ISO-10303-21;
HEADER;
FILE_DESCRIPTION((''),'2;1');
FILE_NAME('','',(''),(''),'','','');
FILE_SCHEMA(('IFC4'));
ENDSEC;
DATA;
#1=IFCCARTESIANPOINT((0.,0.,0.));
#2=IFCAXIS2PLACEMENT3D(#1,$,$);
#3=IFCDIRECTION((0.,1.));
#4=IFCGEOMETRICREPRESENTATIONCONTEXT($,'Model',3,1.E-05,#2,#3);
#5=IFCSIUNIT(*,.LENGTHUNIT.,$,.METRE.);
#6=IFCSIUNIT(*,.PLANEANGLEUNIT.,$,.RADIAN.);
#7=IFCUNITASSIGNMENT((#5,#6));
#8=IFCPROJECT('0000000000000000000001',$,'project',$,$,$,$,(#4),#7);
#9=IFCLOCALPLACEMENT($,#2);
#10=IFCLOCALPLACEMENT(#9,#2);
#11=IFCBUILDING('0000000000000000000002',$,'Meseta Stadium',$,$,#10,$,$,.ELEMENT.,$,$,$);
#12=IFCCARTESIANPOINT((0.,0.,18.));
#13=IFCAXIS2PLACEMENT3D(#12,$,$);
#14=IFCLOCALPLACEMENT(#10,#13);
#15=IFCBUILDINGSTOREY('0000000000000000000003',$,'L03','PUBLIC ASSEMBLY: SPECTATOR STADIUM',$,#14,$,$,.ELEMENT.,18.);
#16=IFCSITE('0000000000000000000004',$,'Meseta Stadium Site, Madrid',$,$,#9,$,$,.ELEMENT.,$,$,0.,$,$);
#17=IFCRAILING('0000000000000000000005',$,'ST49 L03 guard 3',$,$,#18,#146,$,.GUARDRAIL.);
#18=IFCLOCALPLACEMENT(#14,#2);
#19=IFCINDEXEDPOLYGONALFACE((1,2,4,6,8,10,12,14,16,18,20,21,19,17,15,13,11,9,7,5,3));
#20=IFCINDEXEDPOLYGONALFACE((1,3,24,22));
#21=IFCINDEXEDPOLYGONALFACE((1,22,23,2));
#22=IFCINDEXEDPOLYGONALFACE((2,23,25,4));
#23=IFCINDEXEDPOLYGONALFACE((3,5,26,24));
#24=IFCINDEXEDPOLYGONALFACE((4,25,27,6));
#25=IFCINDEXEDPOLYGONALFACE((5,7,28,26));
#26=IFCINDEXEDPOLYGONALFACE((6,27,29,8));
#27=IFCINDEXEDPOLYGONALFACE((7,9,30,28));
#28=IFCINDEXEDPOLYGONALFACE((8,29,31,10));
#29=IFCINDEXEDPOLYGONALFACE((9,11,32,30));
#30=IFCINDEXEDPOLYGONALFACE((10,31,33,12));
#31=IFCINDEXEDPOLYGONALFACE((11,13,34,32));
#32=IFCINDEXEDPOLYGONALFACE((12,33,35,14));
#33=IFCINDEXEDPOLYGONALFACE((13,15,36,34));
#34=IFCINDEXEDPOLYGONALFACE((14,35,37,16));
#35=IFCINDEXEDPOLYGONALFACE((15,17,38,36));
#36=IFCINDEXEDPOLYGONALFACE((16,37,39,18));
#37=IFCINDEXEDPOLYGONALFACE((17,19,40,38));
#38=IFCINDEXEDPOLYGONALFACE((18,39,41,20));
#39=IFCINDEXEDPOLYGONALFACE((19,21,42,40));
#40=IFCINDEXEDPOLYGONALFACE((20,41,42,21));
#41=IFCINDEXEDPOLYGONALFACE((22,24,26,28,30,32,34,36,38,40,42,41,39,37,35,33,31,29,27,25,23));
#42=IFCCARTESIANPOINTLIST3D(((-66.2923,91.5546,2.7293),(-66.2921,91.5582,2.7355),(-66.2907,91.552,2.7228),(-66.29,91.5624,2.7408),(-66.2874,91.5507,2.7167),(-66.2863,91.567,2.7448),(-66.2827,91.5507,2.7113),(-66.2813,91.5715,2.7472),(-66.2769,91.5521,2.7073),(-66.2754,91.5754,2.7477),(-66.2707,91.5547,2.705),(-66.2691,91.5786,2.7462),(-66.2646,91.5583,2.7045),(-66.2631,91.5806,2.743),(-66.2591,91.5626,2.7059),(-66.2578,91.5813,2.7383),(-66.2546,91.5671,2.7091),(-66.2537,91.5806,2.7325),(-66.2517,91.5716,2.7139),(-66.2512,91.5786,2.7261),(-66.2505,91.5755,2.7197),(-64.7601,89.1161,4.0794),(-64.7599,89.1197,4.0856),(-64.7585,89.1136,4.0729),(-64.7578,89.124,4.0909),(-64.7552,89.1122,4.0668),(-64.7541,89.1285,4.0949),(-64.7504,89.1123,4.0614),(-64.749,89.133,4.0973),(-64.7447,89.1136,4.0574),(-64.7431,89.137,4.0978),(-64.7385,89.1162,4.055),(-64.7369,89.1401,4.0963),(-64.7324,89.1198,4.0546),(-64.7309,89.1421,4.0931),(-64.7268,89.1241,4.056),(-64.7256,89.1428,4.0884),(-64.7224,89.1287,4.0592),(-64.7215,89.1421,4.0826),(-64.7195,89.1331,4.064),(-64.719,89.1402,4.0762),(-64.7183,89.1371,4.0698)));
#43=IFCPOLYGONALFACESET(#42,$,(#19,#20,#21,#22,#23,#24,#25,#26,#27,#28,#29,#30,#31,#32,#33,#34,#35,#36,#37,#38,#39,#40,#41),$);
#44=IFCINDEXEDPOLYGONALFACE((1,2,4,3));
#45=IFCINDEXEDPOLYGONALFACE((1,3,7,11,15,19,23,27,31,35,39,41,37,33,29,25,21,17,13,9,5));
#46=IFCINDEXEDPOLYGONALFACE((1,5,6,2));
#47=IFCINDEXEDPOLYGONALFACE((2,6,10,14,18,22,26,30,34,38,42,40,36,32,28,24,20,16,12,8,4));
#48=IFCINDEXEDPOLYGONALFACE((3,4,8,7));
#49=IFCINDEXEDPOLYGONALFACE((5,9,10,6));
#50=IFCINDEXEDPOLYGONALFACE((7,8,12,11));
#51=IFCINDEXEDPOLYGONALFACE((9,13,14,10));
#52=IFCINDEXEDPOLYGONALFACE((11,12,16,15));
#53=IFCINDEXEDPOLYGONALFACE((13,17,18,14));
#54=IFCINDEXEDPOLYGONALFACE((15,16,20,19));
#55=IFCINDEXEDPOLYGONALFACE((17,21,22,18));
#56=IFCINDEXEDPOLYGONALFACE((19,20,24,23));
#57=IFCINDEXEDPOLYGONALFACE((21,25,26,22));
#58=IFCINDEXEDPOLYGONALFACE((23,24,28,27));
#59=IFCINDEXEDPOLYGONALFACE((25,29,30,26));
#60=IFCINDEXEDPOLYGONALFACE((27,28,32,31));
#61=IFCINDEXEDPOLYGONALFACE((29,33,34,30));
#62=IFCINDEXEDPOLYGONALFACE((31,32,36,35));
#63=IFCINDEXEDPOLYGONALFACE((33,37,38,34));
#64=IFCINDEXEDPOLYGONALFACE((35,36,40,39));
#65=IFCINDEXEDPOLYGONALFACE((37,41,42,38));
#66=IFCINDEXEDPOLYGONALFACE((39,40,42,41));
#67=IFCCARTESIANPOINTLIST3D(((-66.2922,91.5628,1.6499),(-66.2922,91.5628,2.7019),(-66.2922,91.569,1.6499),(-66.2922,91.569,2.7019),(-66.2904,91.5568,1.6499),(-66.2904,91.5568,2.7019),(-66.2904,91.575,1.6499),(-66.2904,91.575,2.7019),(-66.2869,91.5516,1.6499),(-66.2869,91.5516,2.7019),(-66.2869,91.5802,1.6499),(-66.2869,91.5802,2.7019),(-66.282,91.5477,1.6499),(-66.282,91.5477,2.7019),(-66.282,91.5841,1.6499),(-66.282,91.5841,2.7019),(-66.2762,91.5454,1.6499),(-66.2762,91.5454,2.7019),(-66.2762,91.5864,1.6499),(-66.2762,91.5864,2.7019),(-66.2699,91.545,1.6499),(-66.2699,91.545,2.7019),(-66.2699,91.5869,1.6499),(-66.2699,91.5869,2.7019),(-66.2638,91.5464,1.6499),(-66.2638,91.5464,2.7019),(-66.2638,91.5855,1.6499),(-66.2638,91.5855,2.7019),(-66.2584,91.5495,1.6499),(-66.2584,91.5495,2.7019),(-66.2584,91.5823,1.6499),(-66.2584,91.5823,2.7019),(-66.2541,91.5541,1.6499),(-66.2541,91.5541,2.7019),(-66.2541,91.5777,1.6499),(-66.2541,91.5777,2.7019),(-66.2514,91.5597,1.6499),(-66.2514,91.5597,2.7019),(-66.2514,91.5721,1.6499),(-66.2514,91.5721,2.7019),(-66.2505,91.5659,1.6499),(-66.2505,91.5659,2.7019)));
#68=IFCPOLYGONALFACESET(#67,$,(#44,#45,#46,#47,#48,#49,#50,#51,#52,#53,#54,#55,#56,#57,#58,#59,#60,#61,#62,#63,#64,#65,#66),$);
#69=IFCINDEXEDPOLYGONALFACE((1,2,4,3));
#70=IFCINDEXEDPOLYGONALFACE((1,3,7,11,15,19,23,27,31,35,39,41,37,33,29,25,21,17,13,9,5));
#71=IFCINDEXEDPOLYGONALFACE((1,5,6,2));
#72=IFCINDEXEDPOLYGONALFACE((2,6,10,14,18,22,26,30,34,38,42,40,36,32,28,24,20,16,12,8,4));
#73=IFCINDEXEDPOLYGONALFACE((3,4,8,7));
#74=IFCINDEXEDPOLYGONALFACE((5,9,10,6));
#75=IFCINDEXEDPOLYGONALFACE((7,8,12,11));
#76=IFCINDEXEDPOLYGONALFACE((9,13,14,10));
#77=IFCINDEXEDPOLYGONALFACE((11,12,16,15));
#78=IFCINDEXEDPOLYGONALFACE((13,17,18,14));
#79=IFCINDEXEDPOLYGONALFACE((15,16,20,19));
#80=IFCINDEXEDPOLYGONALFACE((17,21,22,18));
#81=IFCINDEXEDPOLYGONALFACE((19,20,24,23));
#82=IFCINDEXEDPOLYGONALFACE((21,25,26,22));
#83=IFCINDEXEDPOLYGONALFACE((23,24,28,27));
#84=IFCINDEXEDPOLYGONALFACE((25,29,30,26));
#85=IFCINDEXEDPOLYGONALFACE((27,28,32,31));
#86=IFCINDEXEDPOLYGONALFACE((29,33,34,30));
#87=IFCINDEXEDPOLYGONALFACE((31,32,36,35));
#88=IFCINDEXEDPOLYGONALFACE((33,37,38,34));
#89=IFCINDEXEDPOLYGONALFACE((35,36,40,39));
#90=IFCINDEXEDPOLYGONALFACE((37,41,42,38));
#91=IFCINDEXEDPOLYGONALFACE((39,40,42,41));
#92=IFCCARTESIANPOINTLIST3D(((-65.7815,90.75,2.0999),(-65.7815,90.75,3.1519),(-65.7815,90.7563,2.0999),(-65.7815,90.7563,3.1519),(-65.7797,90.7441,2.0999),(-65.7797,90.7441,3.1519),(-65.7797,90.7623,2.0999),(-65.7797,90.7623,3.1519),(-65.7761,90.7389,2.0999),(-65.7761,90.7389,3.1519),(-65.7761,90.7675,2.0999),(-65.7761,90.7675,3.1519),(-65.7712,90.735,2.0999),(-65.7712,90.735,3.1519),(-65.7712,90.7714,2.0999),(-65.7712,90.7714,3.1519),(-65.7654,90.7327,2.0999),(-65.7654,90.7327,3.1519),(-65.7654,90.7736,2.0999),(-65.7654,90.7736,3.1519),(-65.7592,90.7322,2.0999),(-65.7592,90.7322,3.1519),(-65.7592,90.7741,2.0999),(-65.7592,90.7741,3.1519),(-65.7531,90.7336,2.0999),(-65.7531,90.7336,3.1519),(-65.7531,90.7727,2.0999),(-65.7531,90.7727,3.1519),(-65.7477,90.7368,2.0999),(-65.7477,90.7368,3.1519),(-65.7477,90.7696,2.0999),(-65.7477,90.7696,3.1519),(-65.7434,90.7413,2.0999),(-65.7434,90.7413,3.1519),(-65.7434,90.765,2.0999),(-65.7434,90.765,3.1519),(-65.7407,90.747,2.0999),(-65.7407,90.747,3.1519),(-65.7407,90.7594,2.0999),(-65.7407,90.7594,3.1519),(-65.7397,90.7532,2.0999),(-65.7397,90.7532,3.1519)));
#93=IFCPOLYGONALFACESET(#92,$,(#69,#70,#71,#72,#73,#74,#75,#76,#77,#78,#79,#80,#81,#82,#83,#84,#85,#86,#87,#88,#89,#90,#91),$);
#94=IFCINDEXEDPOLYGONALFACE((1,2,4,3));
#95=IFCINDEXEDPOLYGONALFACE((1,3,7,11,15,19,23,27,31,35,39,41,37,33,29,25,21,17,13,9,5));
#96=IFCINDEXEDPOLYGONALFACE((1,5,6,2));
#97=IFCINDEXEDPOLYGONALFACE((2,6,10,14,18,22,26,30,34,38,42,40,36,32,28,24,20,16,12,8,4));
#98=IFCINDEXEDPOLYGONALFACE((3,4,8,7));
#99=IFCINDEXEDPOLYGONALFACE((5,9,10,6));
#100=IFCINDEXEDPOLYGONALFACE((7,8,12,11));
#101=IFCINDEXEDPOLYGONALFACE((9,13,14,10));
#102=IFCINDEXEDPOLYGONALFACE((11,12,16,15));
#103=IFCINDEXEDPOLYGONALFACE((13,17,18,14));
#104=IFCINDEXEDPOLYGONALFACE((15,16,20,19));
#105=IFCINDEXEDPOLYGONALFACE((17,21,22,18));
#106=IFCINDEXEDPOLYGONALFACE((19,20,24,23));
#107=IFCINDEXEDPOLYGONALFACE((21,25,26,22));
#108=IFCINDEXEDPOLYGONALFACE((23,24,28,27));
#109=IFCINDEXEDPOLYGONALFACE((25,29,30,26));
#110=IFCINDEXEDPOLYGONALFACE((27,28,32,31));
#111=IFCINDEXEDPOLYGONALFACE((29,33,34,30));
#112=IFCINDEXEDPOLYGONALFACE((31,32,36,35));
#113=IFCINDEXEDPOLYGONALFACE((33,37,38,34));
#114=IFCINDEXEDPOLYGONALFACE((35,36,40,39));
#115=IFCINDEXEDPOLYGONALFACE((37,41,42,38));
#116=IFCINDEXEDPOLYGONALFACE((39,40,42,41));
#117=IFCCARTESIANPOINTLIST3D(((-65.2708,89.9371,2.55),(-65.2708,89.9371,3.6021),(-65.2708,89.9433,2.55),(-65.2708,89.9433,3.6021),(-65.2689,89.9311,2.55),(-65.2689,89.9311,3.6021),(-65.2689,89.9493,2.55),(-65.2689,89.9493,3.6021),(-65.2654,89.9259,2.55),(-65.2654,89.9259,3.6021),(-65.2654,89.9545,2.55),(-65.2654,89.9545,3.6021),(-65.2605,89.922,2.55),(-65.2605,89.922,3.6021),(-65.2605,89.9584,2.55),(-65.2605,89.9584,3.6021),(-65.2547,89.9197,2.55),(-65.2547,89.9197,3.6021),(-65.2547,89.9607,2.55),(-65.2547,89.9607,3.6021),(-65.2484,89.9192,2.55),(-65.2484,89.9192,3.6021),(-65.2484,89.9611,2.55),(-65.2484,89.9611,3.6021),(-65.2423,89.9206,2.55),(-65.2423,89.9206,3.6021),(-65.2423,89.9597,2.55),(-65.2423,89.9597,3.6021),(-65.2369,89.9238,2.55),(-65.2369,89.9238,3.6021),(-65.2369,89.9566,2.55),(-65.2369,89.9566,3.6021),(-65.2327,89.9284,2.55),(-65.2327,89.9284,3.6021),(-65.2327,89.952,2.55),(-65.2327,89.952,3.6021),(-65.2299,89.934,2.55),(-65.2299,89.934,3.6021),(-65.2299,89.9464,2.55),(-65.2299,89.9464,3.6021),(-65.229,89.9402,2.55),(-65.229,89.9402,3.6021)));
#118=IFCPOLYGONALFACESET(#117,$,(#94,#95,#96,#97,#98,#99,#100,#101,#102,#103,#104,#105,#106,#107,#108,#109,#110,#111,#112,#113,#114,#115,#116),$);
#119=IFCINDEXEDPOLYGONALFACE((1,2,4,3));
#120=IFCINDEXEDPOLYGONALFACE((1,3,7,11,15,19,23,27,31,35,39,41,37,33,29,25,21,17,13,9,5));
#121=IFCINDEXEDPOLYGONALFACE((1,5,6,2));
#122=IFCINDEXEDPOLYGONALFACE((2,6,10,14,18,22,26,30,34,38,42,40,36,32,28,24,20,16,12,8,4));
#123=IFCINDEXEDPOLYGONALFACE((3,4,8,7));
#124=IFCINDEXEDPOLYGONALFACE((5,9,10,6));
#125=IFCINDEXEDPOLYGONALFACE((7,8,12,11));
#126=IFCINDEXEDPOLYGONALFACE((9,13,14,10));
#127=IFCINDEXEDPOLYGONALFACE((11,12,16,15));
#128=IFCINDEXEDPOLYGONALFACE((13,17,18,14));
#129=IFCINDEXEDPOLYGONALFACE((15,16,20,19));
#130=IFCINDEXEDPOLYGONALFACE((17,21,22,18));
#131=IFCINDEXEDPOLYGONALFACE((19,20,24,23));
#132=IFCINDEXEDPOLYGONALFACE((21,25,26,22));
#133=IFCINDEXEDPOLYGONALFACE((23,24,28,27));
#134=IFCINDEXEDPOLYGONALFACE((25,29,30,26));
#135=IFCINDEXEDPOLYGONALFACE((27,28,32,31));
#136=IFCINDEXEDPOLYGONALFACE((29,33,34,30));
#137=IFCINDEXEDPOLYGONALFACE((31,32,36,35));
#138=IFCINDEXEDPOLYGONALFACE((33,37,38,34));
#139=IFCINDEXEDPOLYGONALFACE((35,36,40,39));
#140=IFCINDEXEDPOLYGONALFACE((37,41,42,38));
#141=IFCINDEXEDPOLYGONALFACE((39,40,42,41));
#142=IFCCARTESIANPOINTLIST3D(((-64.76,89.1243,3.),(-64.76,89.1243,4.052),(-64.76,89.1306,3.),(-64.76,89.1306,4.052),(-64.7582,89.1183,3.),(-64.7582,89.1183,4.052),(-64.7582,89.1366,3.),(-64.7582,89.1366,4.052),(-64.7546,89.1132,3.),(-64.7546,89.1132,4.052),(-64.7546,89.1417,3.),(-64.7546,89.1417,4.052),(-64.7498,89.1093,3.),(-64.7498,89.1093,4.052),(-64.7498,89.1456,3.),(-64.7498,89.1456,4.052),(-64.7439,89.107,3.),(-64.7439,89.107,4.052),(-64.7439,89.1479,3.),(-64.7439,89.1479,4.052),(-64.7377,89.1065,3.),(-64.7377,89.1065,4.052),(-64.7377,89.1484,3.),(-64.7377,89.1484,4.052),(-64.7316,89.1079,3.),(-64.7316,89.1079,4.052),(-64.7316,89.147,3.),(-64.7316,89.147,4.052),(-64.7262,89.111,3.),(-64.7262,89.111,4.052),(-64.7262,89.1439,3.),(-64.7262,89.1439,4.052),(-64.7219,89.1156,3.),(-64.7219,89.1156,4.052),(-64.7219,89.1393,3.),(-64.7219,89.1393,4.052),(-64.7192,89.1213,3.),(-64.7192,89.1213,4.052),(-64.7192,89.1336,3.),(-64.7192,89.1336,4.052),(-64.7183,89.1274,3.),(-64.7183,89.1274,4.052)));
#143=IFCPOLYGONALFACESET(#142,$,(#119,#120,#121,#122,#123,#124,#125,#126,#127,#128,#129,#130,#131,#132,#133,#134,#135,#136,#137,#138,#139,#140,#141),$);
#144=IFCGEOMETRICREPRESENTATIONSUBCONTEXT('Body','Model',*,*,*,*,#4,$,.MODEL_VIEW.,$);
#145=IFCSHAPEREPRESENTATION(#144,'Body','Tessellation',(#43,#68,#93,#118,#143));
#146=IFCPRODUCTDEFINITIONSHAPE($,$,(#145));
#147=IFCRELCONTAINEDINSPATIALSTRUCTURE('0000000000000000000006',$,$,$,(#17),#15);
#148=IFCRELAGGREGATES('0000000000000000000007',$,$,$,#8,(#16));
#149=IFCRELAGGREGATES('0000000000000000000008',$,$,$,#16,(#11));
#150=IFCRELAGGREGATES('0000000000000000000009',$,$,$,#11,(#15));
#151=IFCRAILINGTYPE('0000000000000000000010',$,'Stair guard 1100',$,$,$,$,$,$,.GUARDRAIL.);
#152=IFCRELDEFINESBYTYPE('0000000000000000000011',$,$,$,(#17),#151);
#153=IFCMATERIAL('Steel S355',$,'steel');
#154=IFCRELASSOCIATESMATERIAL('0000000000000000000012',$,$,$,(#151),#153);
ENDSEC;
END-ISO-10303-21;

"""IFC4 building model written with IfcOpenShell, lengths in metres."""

from ifc_helpers import new_model, si_unit, direction, frame, origin, origin_2d, place, context, subcontext, project, spatial, circle, extrude, material, type_object, element, save


model = new_model("IFC4")

# Units and contexts
model_context = context("Model", 3, precision=1e-05, world=origin(), true_north=direction((0.0, 1.0)))
body_context = subcontext(model_context, "Body", "Model", "MODEL_VIEW")
ifc_project = project(units=[si_unit("LENGTHUNIT", "METRE"), si_unit("PLANEANGLEUNIT", "RADIAN")], contexts=[model_context])

# Site, building, storey
site_placement = place(None, origin())
site = spatial("IfcSite", under=ifc_project, at=site_placement, Name="Meseta Stadium Site, Madrid", CompositionType="ELEMENT", RefElevation=0.0)
building_placement = place(site_placement, origin())
building = spatial("IfcBuilding", under=site, at=building_placement, Name="Meseta Stadium", CompositionType="ELEMENT")
storey_placement = place(building_placement, frame((0.0, 0.0, 18.0)))
storey = spatial("IfcBuildingStorey", under=building, at=storey_placement, Name="L03", Description="PUBLIC ASSEMBLY: SPECTATOR STADIUM", CompositionType="ELEMENT", Elevation=18.0)

# Railing
ifc_material_1 = material(Name="Steel S355", Category="steel")
railing_type_1 = type_object("IfcRailingType", Name="Stair guard 1100", PredefinedType="GUARDRAIL", material=ifc_material_1)
railing_1_placement = place(storey_placement, frame((-66.2715, 91.5659, 1.6499)))
element("IfcRailing", 1, at=railing_1_placement, inside=storey, type_object=railing_type_1, Name="ST49 L03 guard 3", PredefinedType="GUARDRAIL", context=body_context, shape_type="SweptSolid", body=[
    extrude(circle(Radius=0.0239, at=origin_2d()), frame((0.0, 0.0, 1.0762), z_axis=(0.481731, -0.766655, 0.42447), x_axis=(0.846719, 0.53204, 0.0)), (0.0, 0.0, 1.0), 3.1807),
    extrude(circle(Radius=0.021, at=origin_2d()), origin(), (0.0, 0.0, 1.0), 1.052),
    extrude(circle(Radius=0.021, at=origin_2d()), frame((0.5107, -0.8127, 0.45)), (0.0, 0.0, 1.0), 1.052),
    extrude(circle(Radius=0.021, at=origin_2d()), frame((1.0215, -1.6257, 0.9001)), (0.0, 0.0, 1.0), 1.052),
    extrude(circle(Radius=0.021, at=origin_2d()), frame((1.5322, -2.4385, 1.3501)), (0.0, 0.0, 1.0), 1.052),
])

save(model, "model.ifc")
